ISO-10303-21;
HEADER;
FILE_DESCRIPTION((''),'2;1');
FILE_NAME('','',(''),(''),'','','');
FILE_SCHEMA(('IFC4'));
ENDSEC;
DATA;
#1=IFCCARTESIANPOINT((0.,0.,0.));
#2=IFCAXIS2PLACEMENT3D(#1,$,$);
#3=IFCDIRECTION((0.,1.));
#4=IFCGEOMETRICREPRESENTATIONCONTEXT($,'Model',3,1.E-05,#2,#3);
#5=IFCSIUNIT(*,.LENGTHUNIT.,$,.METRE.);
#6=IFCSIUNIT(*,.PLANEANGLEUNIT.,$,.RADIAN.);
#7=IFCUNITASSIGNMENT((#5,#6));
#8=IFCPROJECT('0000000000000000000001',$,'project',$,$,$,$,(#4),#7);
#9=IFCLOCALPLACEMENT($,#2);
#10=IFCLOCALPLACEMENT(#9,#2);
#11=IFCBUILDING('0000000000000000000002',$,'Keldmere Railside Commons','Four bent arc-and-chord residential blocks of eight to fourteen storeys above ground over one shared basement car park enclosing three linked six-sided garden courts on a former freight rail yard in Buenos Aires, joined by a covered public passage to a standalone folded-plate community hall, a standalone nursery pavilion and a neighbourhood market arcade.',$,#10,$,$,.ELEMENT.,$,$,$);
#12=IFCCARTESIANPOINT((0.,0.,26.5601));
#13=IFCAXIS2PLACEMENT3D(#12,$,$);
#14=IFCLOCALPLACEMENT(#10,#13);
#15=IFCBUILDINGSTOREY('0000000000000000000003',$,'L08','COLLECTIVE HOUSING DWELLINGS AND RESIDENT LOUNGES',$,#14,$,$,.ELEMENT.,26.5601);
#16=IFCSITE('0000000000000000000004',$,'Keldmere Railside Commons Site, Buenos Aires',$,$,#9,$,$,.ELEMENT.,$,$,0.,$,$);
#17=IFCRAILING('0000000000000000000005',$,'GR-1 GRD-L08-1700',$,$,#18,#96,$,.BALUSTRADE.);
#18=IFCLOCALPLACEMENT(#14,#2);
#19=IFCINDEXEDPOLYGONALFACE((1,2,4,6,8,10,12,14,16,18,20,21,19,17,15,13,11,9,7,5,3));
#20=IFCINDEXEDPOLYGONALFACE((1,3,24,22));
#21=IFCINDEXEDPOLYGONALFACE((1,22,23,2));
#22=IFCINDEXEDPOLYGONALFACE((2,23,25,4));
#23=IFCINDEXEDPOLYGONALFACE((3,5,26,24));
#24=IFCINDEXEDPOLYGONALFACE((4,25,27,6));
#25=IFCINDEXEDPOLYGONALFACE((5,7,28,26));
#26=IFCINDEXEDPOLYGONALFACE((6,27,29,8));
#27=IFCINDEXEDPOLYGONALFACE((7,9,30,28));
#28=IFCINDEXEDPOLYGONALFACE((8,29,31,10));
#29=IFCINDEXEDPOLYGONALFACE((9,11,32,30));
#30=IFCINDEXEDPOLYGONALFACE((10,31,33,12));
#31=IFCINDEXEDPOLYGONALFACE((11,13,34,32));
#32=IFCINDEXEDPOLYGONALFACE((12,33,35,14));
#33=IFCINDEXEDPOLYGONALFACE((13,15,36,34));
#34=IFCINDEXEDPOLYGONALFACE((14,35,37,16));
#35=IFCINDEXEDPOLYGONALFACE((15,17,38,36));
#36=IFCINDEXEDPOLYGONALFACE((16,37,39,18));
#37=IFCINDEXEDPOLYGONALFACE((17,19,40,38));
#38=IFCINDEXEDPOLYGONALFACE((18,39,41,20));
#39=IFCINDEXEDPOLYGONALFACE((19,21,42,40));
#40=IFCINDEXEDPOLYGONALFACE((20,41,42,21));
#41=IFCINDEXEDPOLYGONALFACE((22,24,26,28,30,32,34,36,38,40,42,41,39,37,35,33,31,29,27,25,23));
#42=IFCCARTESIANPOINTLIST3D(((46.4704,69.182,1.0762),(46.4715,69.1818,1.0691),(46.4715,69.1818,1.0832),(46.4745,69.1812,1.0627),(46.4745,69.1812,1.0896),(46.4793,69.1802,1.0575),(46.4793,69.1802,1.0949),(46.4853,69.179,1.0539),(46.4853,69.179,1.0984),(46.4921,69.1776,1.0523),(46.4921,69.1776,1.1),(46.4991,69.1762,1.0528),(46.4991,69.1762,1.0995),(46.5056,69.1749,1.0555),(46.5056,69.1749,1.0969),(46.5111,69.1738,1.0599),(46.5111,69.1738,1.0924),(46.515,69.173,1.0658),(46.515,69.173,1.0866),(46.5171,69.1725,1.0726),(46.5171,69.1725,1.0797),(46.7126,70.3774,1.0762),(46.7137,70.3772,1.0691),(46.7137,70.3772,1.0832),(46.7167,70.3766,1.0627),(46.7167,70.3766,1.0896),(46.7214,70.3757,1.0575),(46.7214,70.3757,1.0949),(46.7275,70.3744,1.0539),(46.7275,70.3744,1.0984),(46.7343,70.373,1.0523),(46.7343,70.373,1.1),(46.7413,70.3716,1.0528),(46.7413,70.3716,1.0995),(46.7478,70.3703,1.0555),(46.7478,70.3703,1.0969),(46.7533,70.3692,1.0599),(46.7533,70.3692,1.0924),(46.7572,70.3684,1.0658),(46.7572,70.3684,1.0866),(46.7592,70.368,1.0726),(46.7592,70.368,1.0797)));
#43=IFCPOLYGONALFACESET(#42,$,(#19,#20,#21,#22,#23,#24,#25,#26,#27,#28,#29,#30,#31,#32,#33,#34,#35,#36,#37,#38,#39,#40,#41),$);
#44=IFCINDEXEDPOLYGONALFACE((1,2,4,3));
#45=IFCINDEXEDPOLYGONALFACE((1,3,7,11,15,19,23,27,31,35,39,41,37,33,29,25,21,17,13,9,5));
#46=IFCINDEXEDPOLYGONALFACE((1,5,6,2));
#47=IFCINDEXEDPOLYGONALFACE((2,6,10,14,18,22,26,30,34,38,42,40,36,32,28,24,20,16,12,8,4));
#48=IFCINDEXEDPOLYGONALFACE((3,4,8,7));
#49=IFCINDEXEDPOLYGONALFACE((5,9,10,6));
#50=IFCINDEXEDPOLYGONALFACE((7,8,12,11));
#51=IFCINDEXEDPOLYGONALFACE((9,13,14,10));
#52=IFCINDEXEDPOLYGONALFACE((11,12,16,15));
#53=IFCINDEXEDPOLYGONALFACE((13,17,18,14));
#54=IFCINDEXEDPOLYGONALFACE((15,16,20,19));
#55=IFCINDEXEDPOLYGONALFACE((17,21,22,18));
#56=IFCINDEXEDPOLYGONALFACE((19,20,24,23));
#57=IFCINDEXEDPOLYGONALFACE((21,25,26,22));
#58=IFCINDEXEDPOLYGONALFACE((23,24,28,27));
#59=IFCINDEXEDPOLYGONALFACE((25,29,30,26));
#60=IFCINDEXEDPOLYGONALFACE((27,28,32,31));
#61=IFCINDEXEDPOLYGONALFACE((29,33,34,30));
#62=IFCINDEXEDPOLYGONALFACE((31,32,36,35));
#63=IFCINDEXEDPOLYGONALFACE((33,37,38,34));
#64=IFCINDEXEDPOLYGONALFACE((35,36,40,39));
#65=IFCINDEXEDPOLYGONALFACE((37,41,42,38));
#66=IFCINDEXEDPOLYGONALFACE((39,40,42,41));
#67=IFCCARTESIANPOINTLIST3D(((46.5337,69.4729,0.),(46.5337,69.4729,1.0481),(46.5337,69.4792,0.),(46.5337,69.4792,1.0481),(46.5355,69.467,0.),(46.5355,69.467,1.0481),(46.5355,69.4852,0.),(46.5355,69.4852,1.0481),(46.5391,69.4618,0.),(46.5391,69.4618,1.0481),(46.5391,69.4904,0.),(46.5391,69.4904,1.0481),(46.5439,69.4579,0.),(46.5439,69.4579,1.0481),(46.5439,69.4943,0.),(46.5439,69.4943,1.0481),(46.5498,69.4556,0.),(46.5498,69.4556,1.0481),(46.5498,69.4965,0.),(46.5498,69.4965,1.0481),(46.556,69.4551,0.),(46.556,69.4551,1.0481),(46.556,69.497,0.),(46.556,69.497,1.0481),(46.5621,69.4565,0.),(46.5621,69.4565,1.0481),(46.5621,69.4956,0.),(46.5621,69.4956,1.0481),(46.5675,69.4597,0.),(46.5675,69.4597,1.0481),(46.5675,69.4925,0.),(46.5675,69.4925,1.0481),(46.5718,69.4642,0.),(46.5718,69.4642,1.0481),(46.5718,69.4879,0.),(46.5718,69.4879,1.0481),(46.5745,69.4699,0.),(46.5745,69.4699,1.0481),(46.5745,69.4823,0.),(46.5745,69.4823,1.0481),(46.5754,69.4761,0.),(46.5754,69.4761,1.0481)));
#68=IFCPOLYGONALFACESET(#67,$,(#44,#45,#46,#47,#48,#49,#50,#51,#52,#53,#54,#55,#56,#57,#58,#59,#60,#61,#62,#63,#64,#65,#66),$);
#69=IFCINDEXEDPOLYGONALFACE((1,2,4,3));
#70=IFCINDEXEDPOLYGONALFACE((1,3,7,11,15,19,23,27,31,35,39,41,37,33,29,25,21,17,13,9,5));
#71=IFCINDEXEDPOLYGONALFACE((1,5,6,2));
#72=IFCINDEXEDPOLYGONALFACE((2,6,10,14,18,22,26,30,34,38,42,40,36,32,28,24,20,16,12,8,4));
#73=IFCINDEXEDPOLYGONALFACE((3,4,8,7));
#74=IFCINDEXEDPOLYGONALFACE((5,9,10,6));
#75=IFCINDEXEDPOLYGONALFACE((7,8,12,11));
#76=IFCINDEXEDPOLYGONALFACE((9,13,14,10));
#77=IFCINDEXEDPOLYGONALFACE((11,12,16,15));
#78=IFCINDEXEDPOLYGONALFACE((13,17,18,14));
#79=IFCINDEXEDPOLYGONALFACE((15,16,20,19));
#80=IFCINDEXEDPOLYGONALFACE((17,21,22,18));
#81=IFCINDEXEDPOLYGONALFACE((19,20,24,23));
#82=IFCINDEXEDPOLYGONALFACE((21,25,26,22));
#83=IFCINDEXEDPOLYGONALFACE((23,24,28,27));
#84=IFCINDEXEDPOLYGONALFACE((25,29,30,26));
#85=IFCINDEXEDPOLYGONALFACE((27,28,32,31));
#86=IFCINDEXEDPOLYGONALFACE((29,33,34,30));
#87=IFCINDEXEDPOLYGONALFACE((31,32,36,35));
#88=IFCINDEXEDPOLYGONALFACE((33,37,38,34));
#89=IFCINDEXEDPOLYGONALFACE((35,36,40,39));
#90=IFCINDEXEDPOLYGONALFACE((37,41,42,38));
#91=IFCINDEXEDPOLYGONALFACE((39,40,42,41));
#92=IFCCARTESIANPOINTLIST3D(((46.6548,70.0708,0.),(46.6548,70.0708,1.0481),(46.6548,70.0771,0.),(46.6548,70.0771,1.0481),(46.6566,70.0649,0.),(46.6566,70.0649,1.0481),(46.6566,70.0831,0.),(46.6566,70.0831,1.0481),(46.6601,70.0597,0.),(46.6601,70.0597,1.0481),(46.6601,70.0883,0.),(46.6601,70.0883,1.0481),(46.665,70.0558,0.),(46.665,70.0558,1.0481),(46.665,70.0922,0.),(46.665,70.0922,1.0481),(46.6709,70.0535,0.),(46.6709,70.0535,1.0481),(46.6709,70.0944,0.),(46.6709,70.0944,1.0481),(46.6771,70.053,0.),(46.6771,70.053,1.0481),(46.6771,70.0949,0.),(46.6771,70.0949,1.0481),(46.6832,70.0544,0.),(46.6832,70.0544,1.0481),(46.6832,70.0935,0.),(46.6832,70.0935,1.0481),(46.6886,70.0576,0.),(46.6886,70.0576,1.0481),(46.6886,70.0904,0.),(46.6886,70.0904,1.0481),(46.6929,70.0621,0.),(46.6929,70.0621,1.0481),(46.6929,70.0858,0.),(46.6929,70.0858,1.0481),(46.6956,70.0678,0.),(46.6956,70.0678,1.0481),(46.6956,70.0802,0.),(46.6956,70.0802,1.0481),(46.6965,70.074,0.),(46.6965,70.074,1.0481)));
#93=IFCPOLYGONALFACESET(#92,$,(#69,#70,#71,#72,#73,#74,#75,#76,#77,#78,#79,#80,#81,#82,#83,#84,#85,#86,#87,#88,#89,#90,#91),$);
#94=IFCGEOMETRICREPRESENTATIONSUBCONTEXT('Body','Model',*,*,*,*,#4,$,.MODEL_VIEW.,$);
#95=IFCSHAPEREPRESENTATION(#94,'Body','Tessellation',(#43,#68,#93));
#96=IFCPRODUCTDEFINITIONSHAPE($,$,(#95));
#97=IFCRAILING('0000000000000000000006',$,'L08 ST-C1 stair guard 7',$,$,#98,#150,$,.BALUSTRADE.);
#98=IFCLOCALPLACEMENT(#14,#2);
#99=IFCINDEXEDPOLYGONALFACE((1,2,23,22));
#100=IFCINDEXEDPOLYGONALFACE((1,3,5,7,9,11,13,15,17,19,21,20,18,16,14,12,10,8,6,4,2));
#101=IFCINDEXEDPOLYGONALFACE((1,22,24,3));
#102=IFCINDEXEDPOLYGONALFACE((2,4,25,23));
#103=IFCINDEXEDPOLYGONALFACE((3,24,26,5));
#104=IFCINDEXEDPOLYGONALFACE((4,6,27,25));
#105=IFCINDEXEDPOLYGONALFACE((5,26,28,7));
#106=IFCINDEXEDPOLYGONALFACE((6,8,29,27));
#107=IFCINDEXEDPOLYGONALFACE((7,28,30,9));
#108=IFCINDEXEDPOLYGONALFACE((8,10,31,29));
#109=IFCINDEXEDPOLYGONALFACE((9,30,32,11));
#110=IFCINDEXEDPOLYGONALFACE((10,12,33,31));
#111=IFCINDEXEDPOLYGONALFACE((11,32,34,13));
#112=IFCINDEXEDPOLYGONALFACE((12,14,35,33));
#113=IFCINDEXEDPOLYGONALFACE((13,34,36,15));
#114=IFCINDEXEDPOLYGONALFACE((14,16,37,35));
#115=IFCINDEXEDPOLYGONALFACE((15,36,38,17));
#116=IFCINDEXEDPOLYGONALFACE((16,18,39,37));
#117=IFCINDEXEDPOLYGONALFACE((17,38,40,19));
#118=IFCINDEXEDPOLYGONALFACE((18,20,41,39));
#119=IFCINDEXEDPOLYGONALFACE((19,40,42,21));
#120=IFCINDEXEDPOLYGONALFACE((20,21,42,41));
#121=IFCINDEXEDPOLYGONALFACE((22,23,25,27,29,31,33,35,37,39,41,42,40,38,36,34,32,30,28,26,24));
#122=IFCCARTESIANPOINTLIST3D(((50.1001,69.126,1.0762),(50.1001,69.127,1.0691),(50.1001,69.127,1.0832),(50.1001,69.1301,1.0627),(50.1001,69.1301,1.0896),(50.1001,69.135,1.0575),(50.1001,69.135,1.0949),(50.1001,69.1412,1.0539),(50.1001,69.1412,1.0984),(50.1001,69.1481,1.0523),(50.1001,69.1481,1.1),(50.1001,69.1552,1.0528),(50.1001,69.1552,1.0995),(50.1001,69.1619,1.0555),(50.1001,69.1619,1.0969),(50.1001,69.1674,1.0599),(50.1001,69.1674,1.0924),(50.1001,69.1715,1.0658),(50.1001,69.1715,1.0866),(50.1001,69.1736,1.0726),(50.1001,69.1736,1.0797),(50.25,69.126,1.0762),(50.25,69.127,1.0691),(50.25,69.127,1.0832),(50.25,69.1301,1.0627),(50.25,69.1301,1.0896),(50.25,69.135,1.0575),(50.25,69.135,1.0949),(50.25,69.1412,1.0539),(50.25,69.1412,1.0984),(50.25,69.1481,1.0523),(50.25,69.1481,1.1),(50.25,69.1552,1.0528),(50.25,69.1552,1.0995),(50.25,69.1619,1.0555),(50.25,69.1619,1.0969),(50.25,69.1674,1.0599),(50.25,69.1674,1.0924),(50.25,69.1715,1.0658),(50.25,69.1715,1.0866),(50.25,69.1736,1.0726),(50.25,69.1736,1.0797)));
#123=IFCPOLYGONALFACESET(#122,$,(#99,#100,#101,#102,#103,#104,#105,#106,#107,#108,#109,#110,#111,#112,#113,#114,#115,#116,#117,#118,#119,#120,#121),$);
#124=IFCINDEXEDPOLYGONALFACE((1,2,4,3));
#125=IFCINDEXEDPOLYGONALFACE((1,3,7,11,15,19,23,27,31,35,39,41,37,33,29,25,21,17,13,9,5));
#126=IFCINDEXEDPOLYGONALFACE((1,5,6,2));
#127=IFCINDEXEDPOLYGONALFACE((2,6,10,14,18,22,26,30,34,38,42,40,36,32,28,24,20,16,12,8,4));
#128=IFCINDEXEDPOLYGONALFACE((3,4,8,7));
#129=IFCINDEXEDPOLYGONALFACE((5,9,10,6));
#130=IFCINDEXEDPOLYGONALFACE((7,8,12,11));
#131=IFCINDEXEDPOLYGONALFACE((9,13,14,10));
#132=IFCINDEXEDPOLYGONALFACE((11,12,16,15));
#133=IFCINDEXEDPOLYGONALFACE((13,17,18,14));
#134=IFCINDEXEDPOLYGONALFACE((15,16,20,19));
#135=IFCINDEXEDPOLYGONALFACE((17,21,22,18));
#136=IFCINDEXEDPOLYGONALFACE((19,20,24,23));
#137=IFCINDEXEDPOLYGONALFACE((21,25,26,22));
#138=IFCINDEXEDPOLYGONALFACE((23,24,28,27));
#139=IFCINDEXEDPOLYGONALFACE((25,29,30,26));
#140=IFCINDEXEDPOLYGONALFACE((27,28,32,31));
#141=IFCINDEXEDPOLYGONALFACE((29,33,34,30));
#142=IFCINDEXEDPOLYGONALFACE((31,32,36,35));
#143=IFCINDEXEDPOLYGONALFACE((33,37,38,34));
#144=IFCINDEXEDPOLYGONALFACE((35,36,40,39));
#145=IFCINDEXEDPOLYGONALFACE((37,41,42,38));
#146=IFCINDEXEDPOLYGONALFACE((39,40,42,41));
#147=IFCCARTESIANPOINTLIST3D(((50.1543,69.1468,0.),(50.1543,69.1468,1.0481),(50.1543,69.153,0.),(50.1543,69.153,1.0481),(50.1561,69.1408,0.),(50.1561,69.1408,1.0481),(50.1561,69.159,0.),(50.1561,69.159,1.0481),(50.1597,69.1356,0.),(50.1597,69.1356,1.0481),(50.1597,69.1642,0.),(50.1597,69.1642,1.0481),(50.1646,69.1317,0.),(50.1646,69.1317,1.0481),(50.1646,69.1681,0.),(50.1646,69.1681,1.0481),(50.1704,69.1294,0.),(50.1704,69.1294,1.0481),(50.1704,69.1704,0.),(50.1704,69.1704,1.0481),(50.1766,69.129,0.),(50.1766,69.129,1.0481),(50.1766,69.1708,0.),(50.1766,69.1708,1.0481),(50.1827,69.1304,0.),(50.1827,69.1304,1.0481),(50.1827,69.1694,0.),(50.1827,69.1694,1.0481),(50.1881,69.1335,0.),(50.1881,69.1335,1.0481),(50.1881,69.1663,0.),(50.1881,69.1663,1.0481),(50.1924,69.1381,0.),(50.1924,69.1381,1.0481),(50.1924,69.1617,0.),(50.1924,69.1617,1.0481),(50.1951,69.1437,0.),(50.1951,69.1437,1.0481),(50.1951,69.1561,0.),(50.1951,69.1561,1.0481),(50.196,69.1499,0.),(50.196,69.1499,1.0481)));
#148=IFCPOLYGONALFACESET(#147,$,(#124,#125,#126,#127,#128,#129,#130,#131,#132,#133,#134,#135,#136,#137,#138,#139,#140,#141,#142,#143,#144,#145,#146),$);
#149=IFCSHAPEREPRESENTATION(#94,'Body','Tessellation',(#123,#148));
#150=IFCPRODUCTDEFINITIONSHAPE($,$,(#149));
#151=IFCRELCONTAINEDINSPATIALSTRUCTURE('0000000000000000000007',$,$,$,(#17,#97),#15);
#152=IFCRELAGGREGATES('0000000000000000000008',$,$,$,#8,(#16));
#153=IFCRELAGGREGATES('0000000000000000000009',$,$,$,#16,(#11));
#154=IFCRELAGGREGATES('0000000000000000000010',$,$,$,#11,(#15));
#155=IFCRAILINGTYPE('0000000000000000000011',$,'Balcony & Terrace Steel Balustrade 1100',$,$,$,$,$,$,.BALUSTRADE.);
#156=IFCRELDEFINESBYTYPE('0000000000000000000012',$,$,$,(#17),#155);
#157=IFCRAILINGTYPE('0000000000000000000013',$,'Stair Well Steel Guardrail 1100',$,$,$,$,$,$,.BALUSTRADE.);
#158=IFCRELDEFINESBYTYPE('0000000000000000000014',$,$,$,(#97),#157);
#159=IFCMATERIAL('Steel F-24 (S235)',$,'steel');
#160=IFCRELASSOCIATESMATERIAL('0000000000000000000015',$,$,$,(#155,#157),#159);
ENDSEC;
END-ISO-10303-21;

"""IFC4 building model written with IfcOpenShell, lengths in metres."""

from ifc_helpers import new_model, si_unit, direction, frame, origin, origin_2d, place, context, subcontext, project, spatial, circle, extrude, material, type_object, element, save


model = new_model("IFC4")

# Units and contexts
model_context = context("Model", 3, precision=1e-05, world=origin(), true_north=direction((0.0, 1.0)))
body_context = subcontext(model_context, "Body", "Model", "MODEL_VIEW")
ifc_project = project(units=[si_unit("LENGTHUNIT", "METRE"), si_unit("PLANEANGLEUNIT", "RADIAN")], contexts=[model_context])

# Site, building, storey
site_placement = place(None, origin())
site = spatial("IfcSite", under=ifc_project, at=site_placement, Name="Keldmere Railside Commons Site, Buenos Aires", CompositionType="ELEMENT", RefElevation=0.0)
building_placement = place(site_placement, origin())
building = spatial("IfcBuilding", under=site, at=building_placement, Name="Keldmere Railside Commons", Description="Four bent arc-and-chord residential blocks of eight to fourteen storeys above ground over one shared basement car park enclosing three linked six-sided garden courts on a former freight rail yard in Buenos Aires, joined by a covered public passage to a standalone folded-plate community hall, a standalone nursery pavilion and a neighbourhood market arcade.", CompositionType="ELEMENT")
storey_placement = place(building_placement, frame((0.0, 0.0, 26.5601)))
storey = spatial("IfcBuildingStorey", under=building, at=storey_placement, Name="L08", Description="COLLECTIVE HOUSING DWELLINGS AND RESIDENT LOUNGES", CompositionType="ELEMENT", Elevation=26.5601)

# Railings
ifc_material_1 = material(Name="Steel F-24 (S235)", Category="steel")
railing_type_1 = type_object("IfcRailingType", Name="Balcony & Terrace Steel Balustrade 1100", PredefinedType="BALUSTRADE", material=ifc_material_1)
railing_1_placement = place(storey_placement, frame((46.4939, 69.1772, 0.0)))
element("IfcRailing", 1, at=railing_1_placement, inside=storey, type_object=railing_type_1, Name="GR-1 GRD-L08-1700", PredefinedType="BALUSTRADE", context=body_context, shape_type="SweptSolid", body=[
    extrude(circle(Radius=0.0239, at=origin_2d()), frame((0.0, 0.0, 1.0762), z_axis=(0.19854, 0.980093, 0.0), x_axis=(-0.980093, 0.19854, 0.0)), (0.0, 0.0, 1.0), 1.2197),
    extrude(circle(Radius=0.021, at=origin_2d()), frame((0.0605, 0.2988, 0.0)), (0.0, 0.0, 1.0), 1.0481),
    extrude(circle(Radius=0.021, at=origin_2d()), frame((0.1816, 0.8967, 0.0)), (0.0, 0.0, 1.0), 1.0481),
])
railing_type_2 = type_object("IfcRailingType", Name="Stair Well Steel Guardrail 1100", PredefinedType="BALUSTRADE", material=ifc_material_1)
railing_2_placement = place(storey_placement, frame((50.25, 69.1499, 0.0)))
element("IfcRailing", 2, at=railing_2_placement, inside=storey, type_object=railing_type_2, Name="L08 ST-C1 stair guard 7", PredefinedType="BALUSTRADE", context=body_context, shape_type="SweptSolid", body=[
    extrude(circle(Radius=0.0239, at=origin_2d()), frame((0.0, 0.0, 1.0762), z_axis=(-1.0, 0.0, 0.0), x_axis=(0.0, -1.0, 0.0)), (0.0, 0.0, 1.0), 0.1499),
    extrude(circle(Radius=0.021, at=origin_2d()), frame((-0.075, 0.0, 0.0)), (0.0, 0.0, 1.0), 1.0481),
])

save(model, "model.ifc")
